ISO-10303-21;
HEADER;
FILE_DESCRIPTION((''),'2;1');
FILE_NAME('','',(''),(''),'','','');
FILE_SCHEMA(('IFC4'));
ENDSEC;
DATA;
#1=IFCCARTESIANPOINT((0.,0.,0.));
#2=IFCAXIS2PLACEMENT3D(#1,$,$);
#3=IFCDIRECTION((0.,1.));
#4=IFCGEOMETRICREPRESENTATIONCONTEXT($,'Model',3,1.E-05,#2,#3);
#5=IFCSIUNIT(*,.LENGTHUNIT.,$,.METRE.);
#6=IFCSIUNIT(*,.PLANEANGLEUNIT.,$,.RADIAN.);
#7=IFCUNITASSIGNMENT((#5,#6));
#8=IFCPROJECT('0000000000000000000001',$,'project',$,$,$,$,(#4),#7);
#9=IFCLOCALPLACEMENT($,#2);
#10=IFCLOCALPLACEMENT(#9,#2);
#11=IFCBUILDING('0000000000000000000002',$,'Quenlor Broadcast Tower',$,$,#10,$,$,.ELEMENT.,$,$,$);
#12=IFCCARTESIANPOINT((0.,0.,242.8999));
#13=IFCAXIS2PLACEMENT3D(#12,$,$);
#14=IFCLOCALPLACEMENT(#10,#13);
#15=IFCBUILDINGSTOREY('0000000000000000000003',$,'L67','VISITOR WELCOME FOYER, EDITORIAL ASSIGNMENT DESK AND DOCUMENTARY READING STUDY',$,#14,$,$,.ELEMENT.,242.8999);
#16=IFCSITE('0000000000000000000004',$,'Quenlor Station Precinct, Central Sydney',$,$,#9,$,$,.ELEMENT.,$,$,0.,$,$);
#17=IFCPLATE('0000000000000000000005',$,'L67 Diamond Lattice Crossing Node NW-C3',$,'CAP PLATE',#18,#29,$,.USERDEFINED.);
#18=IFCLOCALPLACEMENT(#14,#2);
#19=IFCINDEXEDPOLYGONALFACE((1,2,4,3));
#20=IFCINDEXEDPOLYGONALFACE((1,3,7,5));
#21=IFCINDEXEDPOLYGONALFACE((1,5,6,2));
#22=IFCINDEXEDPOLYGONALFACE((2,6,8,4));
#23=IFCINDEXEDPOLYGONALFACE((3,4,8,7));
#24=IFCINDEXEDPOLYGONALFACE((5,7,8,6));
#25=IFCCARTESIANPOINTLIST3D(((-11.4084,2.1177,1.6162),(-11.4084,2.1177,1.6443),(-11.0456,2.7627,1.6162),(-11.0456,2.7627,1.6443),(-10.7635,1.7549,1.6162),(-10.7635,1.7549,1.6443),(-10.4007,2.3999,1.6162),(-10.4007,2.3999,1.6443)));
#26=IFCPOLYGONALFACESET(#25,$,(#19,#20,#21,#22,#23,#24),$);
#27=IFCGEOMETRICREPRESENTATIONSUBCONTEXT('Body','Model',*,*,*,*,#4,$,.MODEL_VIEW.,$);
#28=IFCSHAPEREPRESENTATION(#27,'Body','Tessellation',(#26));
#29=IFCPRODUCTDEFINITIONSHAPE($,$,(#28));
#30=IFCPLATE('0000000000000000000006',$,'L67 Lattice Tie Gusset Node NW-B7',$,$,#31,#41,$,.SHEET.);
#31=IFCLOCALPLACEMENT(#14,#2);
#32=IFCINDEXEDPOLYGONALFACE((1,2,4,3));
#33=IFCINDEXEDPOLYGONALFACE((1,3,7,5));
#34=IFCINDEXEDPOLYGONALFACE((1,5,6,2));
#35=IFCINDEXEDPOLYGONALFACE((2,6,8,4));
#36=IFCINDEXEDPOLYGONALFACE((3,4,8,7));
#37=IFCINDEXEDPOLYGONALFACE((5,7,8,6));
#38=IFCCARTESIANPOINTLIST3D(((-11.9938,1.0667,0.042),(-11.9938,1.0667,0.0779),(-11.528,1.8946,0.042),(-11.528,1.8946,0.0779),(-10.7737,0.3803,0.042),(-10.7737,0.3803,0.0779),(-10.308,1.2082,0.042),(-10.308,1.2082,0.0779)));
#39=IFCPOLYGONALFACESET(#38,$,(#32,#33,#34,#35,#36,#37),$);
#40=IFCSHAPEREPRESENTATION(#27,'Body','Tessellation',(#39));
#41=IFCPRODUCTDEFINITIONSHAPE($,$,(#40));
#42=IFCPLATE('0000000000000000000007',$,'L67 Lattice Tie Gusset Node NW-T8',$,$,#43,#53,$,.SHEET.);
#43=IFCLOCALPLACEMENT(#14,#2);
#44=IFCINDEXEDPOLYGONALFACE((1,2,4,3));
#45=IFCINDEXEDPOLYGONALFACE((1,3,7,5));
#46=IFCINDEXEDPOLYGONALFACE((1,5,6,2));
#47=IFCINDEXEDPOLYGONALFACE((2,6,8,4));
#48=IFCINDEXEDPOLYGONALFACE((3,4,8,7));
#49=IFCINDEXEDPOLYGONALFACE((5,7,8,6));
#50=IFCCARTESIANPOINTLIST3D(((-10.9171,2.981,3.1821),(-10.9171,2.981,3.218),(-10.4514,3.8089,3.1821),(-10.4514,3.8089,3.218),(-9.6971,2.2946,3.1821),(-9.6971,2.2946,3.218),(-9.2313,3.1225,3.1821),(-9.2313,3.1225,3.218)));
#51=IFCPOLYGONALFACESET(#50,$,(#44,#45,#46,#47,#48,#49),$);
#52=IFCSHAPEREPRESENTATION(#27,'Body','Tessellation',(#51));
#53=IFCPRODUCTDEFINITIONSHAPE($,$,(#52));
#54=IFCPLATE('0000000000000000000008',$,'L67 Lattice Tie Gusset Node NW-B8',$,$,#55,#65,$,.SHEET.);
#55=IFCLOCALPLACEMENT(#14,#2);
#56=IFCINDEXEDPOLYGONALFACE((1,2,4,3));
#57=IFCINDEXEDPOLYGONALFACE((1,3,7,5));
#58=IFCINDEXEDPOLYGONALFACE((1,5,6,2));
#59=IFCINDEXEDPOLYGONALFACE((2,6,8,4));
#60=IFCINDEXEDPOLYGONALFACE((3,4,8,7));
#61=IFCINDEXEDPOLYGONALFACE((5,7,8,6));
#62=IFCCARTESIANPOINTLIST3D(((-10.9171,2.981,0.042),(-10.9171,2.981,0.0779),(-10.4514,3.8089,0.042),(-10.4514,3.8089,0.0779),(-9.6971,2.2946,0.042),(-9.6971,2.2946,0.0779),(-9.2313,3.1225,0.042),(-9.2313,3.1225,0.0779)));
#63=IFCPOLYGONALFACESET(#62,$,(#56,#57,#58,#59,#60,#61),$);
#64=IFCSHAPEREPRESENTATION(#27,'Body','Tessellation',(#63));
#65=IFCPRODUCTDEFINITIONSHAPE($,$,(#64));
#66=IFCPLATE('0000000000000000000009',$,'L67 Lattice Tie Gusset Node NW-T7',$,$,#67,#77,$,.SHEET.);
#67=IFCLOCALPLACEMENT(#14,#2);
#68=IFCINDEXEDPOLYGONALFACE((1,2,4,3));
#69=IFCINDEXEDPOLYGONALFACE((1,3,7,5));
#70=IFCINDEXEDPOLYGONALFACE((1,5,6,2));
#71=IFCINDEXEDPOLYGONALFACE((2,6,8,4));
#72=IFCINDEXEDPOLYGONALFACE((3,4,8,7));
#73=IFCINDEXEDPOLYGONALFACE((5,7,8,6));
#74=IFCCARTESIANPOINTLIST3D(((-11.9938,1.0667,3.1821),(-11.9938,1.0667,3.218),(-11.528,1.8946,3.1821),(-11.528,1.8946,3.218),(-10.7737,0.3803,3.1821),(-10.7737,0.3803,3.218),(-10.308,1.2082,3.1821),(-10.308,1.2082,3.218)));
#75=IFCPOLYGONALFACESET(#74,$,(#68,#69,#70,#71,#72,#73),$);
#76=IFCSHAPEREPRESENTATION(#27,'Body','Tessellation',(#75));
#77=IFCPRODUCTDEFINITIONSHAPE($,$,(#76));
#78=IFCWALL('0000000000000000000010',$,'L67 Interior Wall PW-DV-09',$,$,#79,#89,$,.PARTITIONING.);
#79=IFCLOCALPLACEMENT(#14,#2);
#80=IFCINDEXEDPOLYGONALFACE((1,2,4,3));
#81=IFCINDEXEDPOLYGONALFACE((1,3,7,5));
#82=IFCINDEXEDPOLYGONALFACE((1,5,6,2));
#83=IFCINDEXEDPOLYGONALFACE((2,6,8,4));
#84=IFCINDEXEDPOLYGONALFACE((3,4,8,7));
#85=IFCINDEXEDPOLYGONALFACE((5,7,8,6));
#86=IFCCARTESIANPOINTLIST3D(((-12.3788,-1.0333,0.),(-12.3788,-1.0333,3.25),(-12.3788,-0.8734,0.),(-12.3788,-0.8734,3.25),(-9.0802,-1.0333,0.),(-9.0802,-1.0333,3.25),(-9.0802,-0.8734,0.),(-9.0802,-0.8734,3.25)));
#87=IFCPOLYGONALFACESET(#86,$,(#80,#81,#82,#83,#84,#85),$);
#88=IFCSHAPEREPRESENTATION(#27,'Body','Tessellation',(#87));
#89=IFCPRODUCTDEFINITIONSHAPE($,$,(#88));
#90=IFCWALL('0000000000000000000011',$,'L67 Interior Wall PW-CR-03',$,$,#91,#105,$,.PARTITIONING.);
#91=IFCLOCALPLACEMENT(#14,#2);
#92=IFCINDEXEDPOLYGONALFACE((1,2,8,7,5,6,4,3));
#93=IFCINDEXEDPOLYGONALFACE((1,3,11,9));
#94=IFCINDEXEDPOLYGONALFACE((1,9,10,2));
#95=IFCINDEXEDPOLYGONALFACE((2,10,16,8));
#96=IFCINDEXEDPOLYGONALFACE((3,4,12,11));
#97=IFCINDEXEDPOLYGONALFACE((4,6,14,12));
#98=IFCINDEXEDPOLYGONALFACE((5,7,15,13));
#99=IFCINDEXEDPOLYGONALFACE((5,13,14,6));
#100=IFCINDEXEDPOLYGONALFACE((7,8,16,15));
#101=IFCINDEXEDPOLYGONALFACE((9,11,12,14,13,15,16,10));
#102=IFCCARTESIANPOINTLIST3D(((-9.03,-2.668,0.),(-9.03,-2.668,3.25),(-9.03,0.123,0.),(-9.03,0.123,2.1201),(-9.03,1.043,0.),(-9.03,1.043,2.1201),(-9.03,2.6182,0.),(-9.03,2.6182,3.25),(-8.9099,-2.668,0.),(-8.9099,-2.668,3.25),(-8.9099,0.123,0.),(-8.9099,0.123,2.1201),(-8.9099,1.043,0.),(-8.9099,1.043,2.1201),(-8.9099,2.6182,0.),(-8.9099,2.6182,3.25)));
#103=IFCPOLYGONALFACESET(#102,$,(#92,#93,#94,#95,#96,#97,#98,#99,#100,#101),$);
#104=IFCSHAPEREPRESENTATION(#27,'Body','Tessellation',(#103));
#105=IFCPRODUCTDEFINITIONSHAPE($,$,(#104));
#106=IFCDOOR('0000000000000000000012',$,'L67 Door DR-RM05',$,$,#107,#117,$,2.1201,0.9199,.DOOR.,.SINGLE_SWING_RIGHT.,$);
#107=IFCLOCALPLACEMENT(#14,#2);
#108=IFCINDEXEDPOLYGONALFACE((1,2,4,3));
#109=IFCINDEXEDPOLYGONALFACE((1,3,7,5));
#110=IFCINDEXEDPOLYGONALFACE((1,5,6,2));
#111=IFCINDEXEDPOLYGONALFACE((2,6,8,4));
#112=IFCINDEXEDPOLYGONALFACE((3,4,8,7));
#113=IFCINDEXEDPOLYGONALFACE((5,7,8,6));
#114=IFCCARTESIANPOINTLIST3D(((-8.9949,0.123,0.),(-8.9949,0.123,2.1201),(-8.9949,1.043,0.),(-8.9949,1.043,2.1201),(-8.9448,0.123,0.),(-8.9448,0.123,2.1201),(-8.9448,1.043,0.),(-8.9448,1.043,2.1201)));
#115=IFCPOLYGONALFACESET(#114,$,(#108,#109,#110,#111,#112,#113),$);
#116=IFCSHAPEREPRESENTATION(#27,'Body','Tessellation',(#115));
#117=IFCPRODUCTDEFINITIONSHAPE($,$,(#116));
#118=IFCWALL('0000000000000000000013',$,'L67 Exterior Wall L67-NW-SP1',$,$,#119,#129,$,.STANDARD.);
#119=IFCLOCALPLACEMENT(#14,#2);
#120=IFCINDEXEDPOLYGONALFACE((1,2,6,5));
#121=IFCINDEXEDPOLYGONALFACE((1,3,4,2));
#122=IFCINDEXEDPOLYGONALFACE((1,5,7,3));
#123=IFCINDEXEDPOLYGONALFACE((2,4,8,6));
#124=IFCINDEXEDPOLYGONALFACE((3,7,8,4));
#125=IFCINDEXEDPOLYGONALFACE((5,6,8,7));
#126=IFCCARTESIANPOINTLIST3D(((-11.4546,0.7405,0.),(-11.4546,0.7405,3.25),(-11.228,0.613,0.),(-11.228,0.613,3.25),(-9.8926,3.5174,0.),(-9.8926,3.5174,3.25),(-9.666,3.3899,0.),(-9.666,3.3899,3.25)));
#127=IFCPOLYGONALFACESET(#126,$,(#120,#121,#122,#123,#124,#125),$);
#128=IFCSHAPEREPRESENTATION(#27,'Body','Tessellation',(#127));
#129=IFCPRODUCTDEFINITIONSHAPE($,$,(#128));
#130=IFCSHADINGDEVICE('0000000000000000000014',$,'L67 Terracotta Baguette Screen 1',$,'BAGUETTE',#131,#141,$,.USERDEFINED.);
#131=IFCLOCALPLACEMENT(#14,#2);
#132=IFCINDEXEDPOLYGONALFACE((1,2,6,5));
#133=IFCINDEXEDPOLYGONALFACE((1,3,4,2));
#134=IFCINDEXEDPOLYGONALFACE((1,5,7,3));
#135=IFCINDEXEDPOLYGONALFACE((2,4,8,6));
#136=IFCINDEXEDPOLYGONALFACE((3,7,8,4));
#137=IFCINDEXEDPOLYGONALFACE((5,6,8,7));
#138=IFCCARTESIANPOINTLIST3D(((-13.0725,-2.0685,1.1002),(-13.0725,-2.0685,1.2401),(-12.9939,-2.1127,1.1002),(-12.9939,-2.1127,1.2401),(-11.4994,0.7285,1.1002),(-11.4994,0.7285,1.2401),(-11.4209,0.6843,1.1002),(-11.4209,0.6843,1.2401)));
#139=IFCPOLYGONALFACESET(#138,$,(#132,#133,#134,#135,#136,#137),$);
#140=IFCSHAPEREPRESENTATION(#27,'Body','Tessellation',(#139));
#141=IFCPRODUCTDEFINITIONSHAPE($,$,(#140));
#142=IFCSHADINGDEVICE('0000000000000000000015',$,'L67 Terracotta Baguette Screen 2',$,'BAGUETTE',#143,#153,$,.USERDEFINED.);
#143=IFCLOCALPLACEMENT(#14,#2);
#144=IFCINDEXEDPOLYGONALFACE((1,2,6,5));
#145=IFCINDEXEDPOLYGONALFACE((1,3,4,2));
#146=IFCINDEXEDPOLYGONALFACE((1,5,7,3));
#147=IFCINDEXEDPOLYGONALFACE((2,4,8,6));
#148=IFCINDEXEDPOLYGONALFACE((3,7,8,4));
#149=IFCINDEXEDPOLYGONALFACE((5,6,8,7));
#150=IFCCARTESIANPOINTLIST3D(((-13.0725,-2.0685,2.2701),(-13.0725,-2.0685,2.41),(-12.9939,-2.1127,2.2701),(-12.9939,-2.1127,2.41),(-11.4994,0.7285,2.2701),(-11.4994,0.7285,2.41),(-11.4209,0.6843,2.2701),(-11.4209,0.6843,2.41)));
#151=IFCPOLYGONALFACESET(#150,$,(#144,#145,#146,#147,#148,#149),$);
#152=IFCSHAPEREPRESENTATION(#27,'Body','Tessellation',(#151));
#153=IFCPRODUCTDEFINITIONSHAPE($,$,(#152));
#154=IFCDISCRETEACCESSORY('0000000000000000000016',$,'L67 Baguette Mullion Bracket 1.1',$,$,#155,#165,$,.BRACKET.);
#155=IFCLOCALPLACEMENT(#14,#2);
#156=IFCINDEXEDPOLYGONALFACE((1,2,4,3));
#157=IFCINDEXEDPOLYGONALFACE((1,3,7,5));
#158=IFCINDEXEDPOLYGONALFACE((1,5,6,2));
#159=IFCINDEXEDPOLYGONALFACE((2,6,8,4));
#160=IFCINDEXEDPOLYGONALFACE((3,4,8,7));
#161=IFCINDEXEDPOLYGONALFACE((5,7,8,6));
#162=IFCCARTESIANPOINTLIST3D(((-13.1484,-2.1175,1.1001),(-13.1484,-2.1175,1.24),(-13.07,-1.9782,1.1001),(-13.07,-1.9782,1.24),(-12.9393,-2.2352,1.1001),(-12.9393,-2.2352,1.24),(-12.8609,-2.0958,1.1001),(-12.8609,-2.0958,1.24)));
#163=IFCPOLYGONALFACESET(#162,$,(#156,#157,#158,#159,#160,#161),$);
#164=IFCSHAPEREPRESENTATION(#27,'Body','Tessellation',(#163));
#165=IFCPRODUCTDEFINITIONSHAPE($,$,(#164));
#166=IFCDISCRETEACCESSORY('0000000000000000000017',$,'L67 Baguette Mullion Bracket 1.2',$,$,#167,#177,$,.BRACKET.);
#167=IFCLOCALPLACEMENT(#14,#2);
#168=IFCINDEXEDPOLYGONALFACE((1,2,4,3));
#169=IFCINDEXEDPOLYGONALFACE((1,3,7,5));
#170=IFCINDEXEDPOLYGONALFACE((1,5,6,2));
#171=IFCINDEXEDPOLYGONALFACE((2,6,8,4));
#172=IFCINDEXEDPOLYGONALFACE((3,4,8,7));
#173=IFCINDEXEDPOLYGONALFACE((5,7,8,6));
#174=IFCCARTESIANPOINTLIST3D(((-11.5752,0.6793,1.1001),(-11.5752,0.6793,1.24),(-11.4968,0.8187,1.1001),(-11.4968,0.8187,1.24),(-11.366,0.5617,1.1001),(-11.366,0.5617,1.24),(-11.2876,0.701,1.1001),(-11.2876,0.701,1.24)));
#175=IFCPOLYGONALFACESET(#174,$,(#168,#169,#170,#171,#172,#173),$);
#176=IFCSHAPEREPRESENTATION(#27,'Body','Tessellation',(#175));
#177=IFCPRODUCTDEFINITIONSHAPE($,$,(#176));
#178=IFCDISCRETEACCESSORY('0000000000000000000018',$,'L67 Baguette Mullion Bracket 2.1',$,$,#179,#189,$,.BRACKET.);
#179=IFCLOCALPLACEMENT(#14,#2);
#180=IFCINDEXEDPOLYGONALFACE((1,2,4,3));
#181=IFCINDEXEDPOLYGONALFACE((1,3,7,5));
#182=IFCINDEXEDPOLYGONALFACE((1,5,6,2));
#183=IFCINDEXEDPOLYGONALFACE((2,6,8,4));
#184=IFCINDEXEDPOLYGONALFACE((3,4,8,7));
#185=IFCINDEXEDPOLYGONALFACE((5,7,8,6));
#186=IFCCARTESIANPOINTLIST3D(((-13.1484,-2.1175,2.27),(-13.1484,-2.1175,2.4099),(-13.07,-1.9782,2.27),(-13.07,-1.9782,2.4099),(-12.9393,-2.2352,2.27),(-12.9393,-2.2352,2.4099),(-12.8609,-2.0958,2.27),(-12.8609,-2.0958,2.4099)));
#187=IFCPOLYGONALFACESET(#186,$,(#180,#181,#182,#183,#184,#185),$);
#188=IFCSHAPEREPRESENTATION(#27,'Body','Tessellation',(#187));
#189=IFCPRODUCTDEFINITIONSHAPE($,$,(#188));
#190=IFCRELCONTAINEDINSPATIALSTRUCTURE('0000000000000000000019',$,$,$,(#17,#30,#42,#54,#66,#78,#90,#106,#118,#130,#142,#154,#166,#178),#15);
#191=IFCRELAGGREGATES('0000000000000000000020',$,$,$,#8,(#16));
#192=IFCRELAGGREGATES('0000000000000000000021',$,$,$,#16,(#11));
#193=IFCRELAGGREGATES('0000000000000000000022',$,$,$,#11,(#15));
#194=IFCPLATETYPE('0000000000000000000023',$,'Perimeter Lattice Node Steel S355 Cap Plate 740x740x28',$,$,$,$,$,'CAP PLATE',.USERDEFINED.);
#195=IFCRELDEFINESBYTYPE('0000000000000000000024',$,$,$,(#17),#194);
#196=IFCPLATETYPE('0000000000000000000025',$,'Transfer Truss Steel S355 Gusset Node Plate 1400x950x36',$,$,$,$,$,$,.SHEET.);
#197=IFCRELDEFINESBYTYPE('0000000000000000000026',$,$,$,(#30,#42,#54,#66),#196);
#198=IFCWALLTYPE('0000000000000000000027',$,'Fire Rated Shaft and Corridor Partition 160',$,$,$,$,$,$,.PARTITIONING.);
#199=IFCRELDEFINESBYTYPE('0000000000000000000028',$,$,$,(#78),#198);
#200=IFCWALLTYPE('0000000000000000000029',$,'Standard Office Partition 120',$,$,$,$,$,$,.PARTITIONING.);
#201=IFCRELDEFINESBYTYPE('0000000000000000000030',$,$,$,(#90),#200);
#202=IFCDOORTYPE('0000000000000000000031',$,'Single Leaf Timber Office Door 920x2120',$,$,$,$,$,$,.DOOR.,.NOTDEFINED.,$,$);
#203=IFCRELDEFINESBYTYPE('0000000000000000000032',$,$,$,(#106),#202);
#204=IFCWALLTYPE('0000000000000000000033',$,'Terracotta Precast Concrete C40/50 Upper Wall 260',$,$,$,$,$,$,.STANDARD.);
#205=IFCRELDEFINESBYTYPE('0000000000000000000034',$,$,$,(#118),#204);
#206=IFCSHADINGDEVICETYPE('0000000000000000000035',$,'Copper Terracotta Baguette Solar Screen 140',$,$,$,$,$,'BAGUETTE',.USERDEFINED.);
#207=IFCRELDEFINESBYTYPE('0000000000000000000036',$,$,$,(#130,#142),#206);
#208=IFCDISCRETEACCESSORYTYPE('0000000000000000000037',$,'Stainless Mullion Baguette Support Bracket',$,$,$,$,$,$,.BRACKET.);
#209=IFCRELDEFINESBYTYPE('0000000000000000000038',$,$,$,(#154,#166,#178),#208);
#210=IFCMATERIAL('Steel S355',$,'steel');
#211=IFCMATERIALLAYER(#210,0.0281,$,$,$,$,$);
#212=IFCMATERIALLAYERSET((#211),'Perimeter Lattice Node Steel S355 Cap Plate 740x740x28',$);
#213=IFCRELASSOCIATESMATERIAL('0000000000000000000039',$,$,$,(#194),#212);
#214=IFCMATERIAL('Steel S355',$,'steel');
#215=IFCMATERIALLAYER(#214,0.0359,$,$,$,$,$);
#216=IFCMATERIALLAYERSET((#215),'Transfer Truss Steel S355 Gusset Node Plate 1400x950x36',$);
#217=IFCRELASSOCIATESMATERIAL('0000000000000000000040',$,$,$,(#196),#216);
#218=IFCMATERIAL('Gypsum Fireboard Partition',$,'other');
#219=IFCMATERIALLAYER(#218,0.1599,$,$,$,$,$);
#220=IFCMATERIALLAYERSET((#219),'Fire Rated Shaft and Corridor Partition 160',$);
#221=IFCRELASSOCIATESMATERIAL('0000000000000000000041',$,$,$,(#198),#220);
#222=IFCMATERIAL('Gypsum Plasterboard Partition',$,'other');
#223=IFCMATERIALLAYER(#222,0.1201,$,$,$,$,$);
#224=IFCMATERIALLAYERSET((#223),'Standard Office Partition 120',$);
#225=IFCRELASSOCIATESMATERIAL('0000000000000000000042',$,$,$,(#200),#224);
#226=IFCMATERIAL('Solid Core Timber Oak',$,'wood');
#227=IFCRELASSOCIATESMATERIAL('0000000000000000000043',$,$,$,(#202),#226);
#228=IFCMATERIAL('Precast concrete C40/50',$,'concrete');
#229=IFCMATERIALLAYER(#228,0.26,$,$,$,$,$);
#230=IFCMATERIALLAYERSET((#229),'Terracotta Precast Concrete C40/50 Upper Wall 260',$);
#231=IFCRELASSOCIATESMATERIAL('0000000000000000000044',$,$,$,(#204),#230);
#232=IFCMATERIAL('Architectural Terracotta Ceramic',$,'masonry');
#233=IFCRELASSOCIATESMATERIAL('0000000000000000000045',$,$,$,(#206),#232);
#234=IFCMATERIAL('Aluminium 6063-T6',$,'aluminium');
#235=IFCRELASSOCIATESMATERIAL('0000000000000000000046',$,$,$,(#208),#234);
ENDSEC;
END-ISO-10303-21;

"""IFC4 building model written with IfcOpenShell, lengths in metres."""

from ifc_helpers import new_model, si_unit, direction, frame, frame_2d, origin, origin_2d, place, context, subcontext, project, spatial, rectangle, extrude, material, layer, layer_set, material_profile, profile_set, type_object, element, fill, save


model = new_model("IFC4")

# Units and contexts
model_context = context("Model", 3, precision=1e-05, world=origin(), true_north=direction((0.0, 1.0)))
body_context = subcontext(model_context, "Body", "Model", "MODEL_VIEW")
ifc_project = project(units=[si_unit("LENGTHUNIT", "METRE"), si_unit("PLANEANGLEUNIT", "RADIAN")], contexts=[model_context])

# Site, building, storey
site_placement = place(None, origin())
site = spatial("IfcSite", under=ifc_project, at=site_placement, Name="Quenlor Station Precinct, Central Sydney", CompositionType="ELEMENT", RefElevation=0.0)
building_placement = place(site_placement, origin())
building = spatial("IfcBuilding", under=site, at=building_placement, Name="Quenlor Broadcast Tower", CompositionType="ELEMENT")
storey_placement = place(building_placement, frame((0.0, 0.0, 242.8999)))
storey = spatial("IfcBuildingStorey", under=building, at=storey_placement, Name="L67", Description="VISITOR WELCOME FOYER, EDITORIAL ASSIGNMENT DESK AND DOCUMENTARY READING STUDY", CompositionType="ELEMENT", Elevation=242.8999)

# Plates
ifc_material_1 = material(Name="Steel S355", Category="steel")
ifc_layer_1 = layer(ifc_material_1, 0.0281)
ifc_layer_set_1 = layer_set([ifc_layer_1], Name="Perimeter Lattice Node Steel S355 Cap Plate 740x740x28")
plate_type_1 = type_object("IfcPlateType", Name="Perimeter Lattice Node Steel S355 Cap Plate 740x740x28", ElementType="CAP PLATE", PredefinedType="USERDEFINED", material=ifc_layer_set_1)
plate_1_placement = place(storey_placement, frame((-10.9045, 2.2588, 1.6162), z_axis=(0.0, 0.0, 1.0), x_axis=(0.490295, 0.871556, 0.0)))
element("IfcPlate", 1, at=plate_1_placement, inside=storey, type_object=plate_type_1, Name="L67 Diamond Lattice Crossing Node NW-C3", ObjectType="CAP PLATE", PredefinedType="USERDEFINED", context=body_context, shape_type="SweptSolid", body=[
    extrude(rectangle(XDim=0.74, YDim=0.74, at=origin_2d()), origin(), (0.0, 0.0, 1.0), 0.0281),
])
ifc_material_2 = material(Name="Steel S355", Category="steel")
ifc_layer_2 = layer(ifc_material_2, 0.0359)
ifc_layer_set_2 = layer_set([ifc_layer_2], Name="Transfer Truss Steel S355 Gusset Node Plate 1400x950x36")
plate_type_2 = type_object("IfcPlateType", Name="Transfer Truss Steel S355 Gusset Node Plate 1400x950x36", PredefinedType="SHEET", material=ifc_layer_set_2)
for number, where, z_axis, x_axis, name in (
    (2, (-11.1509, 1.1375, 0.042), (0.0, 0.0, 1.0), (-0.871556, 0.490295, 0.0), "L67 Lattice Tie Gusset Node NW-B7"),
    (3, (-10.0742, 3.0518, 3.1821), (0.0, 0.0, 1.0), (-0.871556, 0.490295, 0.0), "L67 Lattice Tie Gusset Node NW-T8"),
    (4, (-10.0742, 3.0518, 0.042), (0.0, 0.0, 1.0), (-0.871556, 0.490295, 0.0), "L67 Lattice Tie Gusset Node NW-B8"),
    (5, (-11.1509, 1.1375, 3.1821), (0.0, 0.0, 1.0), (-0.871556, 0.490295, 0.0), "L67 Lattice Tie Gusset Node NW-T7"),
):
    element("IfcPlate", number, at=place(storey_placement, frame(where, z_axis=z_axis, x_axis=x_axis)), inside=storey, type_object=plate_type_2, Name=name, PredefinedType="SHEET", context=body_context, shape_type="SweptSolid", body=[
        extrude(rectangle(XDim=1.3999, YDim=0.95, at=origin_2d()), origin(), (0.0, 0.0, 1.0), 0.0359),
    ])

# Wall
ifc_material_3 = material(Name="Gypsum Fireboard Partition", Category="other")
ifc_layer_3 = layer(ifc_material_3, 0.1599)
ifc_layer_set_3 = layer_set([ifc_layer_3], Name="Fire Rated Shaft and Corridor Partition 160")
wall_type_1 = type_object("IfcWallType", Name="Fire Rated Shaft and Corridor Partition 160", PredefinedType="PARTITIONING", material=ifc_layer_set_3)
wall_1_placement = place(storey_placement, frame((-9.0801, -0.9534, 0.0), z_axis=(0.0, 0.0, 1.0), x_axis=(-1.0, 0.0, 0.0)))
element("IfcWall", 6, at=wall_1_placement, inside=storey, type_object=wall_type_1, Name="L67 Interior Wall PW-DV-09", PredefinedType="PARTITIONING", context=body_context, shape_type="SweptSolid", body=[
    extrude(rectangle(XDim=3.2986, YDim=0.1599, at=frame_2d((1.6494, 0.0))), origin(), (0.0, 0.0, 1.0), 3.25),
])

# Wall, opening, door
ifc_material_4 = material(Name="Gypsum Plasterboard Partition", Category="other")
ifc_layer_4 = layer(ifc_material_4, 0.1201)
ifc_layer_set_4 = layer_set([ifc_layer_4], Name="Standard Office Partition 120")
wall_type_2 = type_object("IfcWallType", Name="Standard Office Partition 120", PredefinedType="PARTITIONING", material=ifc_layer_set_4)
ifc_material_5 = material(Name="Solid Core Timber Oak", Category="wood")
door_type_1 = type_object("IfcDoorType", Name="Single Leaf Timber Office Door 920x2120", OperationType="NOTDEFINED", PredefinedType="DOOR", material=ifc_material_5)
wall_2_placement = place(storey_placement, frame((-8.97, -2.668, 0.0), z_axis=(0.0, 0.0, 1.0), x_axis=(0.0, 1.0, 0.0)))
wall_2 = element("IfcWall", 7, at=wall_2_placement, inside=storey, type_object=wall_type_2, Name="L67 Interior Wall PW-CR-03", PredefinedType="PARTITIONING", context=body_context, shape_type="SweptSolid", body=[
    extrude(rectangle(XDim=5.2861, YDim=0.1201, at=frame_2d((2.6431, 0.0))), origin(), (0.0, 0.0, 1.0), 3.25),
])
opening_1_placement = place(wall_2_placement, frame((2.791, 0.0, 0.0)))
opening_1 = element("IfcOpeningElement", 8, at=opening_1_placement, cuts=wall_2, PredefinedType="OPENING", context=body_context, shape_type="SweptSolid", body=[
    extrude(rectangle(XDim=0.9199, YDim=2.1201, at=frame_2d((0.46, 1.0601))), frame((0.0, 0.0701, 0.0), z_axis=(0.0, -1.0, 0.0), x_axis=(1.0, 0.0, 0.0)), (0.0, 0.0, 1.0), 0.1401),
])
door_1_placement = place(opening_1_placement, origin())
door_1 = element("IfcDoor", 9, at=door_1_placement, inside=storey, type_object=door_type_1, Name="L67 Door DR-RM05", OperationType="SINGLE_SWING_RIGHT", OverallHeight=2.1201, OverallWidth=0.9199, PredefinedType="DOOR", context=body_context, shape_type="SweptSolid", body=[
    extrude(rectangle(XDim=0.9199, YDim=2.1201, at=frame_2d((0.46, 1.0601))), frame((0.0, 0.0249, 0.0), z_axis=(0.0, -1.0, 0.0), x_axis=(1.0, 0.0, 0.0)), (0.0, 0.0, 1.0), 0.05),
])
fill(opening_1, door_1)

# Wall
ifc_material_6 = material(Name="Precast concrete C40/50", Category="concrete")
ifc_layer_5 = layer(ifc_material_6, 0.26)
ifc_layer_set_5 = layer_set([ifc_layer_5], Name="Terracotta Precast Concrete C40/50 Upper Wall 260")
wall_type_3 = type_object("IfcWallType", Name="Terracotta Precast Concrete C40/50 Upper Wall 260", PredefinedType="STANDARD", material=ifc_layer_set_5)
wall_3_placement = place(storey_placement, frame((-11.3413, 0.6768, 0.0), z_axis=(0.0, 0.0, 1.0), x_axis=(0.490269, 0.871571, 0.0)))
element("IfcWall", 10, at=wall_3_placement, inside=storey, type_object=wall_type_3, Name="L67 Exterior Wall L67-NW-SP1", PredefinedType="STANDARD", context=body_context, shape_type="SweptSolid", body=[
    extrude(rectangle(XDim=3.186, YDim=0.26, at=frame_2d((1.593, 0.0))), origin(), (0.0, 0.0, 1.0), 3.25),
])

# Shading devices
ifc_material_7 = material(Name="Architectural Terracotta Ceramic", Category="masonry")
ifc_material_profile_1 = material_profile(ifc_material_7, rectangle(XDim=0.0901, YDim=0.1399, at=origin_2d()))
ifc_profile_set_1 = profile_set([ifc_material_profile_1], Name="Architectural Terracotta Ceramic BAG90x140")
shading_device_type = type_object("IfcShadingDeviceType", Name="Copper Terracotta Baguette Solar Screen 140", ElementType="BAGUETTE", PredefinedType="USERDEFINED", material=ifc_profile_set_1)
for number, where, z_axis, x_axis, name in (
    (11, (-13.0332, -2.0906, 1.1702), (0.490203, 0.871608, 0.0), (-0.871608, 0.490203, 0.0), "L67 Terracotta Baguette Screen 1"),
    (12, (-13.0332, -2.0906, 2.3401), (0.490203, 0.871608, 0.0), (-0.871608, 0.490203, 0.0), "L67 Terracotta Baguette Screen 2"),
):
    element("IfcShadingDevice", number, at=place(storey_placement, frame(where, z_axis=z_axis, x_axis=x_axis)), inside=storey, type_object=shading_device_type, Name=name, ObjectType="BAGUETTE", PredefinedType="USERDEFINED", context=body_context, shape_type="SweptSolid", body=[
        extrude(rectangle(XDim=0.0901, YDim=0.1399, at=origin_2d()), origin(), (0.0, 0.0, 1.0), 3.209),
    ])

# Discrete accessories
ifc_material_8 = material(Name="Aluminium 6063-T6", Category="aluminium")
discrete_accessory_type = type_object("IfcDiscreteAccessoryType", Name="Stainless Mullion Baguette Support Bracket", PredefinedType="BRACKET", material=ifc_material_8)
for number, where, z_axis, x_axis, name in (
    (13, (-13.0046, -2.1067, 1.1001), (0.0, 0.0, 1.0), (0.490262, 0.871575, 0.0), "L67 Baguette Mullion Bracket 1.1"),
    (14, (-11.4314, 0.6902, 1.1001), (0.0, 0.0, 1.0), (0.490262, 0.871575, 0.0), "L67 Baguette Mullion Bracket 1.2"),
    (15, (-13.0046, -2.1067, 2.27), (0.0, 0.0, 1.0), (0.490262, 0.871575, 0.0), "L67 Baguette Mullion Bracket 2.1"),
):
    element("IfcDiscreteAccessory", number, at=place(storey_placement, frame(where, z_axis=z_axis, x_axis=x_axis)), inside=storey, type_object=discrete_accessory_type, Name=name, PredefinedType="BRACKET", context=body_context, shape_type="SweptSolid", body=[
        extrude(rectangle(XDim=0.1599, YDim=0.24, at=origin_2d()), origin(), (0.0, 0.0, 1.0), 0.1399),
    ])

save(model, "model.ifc")
